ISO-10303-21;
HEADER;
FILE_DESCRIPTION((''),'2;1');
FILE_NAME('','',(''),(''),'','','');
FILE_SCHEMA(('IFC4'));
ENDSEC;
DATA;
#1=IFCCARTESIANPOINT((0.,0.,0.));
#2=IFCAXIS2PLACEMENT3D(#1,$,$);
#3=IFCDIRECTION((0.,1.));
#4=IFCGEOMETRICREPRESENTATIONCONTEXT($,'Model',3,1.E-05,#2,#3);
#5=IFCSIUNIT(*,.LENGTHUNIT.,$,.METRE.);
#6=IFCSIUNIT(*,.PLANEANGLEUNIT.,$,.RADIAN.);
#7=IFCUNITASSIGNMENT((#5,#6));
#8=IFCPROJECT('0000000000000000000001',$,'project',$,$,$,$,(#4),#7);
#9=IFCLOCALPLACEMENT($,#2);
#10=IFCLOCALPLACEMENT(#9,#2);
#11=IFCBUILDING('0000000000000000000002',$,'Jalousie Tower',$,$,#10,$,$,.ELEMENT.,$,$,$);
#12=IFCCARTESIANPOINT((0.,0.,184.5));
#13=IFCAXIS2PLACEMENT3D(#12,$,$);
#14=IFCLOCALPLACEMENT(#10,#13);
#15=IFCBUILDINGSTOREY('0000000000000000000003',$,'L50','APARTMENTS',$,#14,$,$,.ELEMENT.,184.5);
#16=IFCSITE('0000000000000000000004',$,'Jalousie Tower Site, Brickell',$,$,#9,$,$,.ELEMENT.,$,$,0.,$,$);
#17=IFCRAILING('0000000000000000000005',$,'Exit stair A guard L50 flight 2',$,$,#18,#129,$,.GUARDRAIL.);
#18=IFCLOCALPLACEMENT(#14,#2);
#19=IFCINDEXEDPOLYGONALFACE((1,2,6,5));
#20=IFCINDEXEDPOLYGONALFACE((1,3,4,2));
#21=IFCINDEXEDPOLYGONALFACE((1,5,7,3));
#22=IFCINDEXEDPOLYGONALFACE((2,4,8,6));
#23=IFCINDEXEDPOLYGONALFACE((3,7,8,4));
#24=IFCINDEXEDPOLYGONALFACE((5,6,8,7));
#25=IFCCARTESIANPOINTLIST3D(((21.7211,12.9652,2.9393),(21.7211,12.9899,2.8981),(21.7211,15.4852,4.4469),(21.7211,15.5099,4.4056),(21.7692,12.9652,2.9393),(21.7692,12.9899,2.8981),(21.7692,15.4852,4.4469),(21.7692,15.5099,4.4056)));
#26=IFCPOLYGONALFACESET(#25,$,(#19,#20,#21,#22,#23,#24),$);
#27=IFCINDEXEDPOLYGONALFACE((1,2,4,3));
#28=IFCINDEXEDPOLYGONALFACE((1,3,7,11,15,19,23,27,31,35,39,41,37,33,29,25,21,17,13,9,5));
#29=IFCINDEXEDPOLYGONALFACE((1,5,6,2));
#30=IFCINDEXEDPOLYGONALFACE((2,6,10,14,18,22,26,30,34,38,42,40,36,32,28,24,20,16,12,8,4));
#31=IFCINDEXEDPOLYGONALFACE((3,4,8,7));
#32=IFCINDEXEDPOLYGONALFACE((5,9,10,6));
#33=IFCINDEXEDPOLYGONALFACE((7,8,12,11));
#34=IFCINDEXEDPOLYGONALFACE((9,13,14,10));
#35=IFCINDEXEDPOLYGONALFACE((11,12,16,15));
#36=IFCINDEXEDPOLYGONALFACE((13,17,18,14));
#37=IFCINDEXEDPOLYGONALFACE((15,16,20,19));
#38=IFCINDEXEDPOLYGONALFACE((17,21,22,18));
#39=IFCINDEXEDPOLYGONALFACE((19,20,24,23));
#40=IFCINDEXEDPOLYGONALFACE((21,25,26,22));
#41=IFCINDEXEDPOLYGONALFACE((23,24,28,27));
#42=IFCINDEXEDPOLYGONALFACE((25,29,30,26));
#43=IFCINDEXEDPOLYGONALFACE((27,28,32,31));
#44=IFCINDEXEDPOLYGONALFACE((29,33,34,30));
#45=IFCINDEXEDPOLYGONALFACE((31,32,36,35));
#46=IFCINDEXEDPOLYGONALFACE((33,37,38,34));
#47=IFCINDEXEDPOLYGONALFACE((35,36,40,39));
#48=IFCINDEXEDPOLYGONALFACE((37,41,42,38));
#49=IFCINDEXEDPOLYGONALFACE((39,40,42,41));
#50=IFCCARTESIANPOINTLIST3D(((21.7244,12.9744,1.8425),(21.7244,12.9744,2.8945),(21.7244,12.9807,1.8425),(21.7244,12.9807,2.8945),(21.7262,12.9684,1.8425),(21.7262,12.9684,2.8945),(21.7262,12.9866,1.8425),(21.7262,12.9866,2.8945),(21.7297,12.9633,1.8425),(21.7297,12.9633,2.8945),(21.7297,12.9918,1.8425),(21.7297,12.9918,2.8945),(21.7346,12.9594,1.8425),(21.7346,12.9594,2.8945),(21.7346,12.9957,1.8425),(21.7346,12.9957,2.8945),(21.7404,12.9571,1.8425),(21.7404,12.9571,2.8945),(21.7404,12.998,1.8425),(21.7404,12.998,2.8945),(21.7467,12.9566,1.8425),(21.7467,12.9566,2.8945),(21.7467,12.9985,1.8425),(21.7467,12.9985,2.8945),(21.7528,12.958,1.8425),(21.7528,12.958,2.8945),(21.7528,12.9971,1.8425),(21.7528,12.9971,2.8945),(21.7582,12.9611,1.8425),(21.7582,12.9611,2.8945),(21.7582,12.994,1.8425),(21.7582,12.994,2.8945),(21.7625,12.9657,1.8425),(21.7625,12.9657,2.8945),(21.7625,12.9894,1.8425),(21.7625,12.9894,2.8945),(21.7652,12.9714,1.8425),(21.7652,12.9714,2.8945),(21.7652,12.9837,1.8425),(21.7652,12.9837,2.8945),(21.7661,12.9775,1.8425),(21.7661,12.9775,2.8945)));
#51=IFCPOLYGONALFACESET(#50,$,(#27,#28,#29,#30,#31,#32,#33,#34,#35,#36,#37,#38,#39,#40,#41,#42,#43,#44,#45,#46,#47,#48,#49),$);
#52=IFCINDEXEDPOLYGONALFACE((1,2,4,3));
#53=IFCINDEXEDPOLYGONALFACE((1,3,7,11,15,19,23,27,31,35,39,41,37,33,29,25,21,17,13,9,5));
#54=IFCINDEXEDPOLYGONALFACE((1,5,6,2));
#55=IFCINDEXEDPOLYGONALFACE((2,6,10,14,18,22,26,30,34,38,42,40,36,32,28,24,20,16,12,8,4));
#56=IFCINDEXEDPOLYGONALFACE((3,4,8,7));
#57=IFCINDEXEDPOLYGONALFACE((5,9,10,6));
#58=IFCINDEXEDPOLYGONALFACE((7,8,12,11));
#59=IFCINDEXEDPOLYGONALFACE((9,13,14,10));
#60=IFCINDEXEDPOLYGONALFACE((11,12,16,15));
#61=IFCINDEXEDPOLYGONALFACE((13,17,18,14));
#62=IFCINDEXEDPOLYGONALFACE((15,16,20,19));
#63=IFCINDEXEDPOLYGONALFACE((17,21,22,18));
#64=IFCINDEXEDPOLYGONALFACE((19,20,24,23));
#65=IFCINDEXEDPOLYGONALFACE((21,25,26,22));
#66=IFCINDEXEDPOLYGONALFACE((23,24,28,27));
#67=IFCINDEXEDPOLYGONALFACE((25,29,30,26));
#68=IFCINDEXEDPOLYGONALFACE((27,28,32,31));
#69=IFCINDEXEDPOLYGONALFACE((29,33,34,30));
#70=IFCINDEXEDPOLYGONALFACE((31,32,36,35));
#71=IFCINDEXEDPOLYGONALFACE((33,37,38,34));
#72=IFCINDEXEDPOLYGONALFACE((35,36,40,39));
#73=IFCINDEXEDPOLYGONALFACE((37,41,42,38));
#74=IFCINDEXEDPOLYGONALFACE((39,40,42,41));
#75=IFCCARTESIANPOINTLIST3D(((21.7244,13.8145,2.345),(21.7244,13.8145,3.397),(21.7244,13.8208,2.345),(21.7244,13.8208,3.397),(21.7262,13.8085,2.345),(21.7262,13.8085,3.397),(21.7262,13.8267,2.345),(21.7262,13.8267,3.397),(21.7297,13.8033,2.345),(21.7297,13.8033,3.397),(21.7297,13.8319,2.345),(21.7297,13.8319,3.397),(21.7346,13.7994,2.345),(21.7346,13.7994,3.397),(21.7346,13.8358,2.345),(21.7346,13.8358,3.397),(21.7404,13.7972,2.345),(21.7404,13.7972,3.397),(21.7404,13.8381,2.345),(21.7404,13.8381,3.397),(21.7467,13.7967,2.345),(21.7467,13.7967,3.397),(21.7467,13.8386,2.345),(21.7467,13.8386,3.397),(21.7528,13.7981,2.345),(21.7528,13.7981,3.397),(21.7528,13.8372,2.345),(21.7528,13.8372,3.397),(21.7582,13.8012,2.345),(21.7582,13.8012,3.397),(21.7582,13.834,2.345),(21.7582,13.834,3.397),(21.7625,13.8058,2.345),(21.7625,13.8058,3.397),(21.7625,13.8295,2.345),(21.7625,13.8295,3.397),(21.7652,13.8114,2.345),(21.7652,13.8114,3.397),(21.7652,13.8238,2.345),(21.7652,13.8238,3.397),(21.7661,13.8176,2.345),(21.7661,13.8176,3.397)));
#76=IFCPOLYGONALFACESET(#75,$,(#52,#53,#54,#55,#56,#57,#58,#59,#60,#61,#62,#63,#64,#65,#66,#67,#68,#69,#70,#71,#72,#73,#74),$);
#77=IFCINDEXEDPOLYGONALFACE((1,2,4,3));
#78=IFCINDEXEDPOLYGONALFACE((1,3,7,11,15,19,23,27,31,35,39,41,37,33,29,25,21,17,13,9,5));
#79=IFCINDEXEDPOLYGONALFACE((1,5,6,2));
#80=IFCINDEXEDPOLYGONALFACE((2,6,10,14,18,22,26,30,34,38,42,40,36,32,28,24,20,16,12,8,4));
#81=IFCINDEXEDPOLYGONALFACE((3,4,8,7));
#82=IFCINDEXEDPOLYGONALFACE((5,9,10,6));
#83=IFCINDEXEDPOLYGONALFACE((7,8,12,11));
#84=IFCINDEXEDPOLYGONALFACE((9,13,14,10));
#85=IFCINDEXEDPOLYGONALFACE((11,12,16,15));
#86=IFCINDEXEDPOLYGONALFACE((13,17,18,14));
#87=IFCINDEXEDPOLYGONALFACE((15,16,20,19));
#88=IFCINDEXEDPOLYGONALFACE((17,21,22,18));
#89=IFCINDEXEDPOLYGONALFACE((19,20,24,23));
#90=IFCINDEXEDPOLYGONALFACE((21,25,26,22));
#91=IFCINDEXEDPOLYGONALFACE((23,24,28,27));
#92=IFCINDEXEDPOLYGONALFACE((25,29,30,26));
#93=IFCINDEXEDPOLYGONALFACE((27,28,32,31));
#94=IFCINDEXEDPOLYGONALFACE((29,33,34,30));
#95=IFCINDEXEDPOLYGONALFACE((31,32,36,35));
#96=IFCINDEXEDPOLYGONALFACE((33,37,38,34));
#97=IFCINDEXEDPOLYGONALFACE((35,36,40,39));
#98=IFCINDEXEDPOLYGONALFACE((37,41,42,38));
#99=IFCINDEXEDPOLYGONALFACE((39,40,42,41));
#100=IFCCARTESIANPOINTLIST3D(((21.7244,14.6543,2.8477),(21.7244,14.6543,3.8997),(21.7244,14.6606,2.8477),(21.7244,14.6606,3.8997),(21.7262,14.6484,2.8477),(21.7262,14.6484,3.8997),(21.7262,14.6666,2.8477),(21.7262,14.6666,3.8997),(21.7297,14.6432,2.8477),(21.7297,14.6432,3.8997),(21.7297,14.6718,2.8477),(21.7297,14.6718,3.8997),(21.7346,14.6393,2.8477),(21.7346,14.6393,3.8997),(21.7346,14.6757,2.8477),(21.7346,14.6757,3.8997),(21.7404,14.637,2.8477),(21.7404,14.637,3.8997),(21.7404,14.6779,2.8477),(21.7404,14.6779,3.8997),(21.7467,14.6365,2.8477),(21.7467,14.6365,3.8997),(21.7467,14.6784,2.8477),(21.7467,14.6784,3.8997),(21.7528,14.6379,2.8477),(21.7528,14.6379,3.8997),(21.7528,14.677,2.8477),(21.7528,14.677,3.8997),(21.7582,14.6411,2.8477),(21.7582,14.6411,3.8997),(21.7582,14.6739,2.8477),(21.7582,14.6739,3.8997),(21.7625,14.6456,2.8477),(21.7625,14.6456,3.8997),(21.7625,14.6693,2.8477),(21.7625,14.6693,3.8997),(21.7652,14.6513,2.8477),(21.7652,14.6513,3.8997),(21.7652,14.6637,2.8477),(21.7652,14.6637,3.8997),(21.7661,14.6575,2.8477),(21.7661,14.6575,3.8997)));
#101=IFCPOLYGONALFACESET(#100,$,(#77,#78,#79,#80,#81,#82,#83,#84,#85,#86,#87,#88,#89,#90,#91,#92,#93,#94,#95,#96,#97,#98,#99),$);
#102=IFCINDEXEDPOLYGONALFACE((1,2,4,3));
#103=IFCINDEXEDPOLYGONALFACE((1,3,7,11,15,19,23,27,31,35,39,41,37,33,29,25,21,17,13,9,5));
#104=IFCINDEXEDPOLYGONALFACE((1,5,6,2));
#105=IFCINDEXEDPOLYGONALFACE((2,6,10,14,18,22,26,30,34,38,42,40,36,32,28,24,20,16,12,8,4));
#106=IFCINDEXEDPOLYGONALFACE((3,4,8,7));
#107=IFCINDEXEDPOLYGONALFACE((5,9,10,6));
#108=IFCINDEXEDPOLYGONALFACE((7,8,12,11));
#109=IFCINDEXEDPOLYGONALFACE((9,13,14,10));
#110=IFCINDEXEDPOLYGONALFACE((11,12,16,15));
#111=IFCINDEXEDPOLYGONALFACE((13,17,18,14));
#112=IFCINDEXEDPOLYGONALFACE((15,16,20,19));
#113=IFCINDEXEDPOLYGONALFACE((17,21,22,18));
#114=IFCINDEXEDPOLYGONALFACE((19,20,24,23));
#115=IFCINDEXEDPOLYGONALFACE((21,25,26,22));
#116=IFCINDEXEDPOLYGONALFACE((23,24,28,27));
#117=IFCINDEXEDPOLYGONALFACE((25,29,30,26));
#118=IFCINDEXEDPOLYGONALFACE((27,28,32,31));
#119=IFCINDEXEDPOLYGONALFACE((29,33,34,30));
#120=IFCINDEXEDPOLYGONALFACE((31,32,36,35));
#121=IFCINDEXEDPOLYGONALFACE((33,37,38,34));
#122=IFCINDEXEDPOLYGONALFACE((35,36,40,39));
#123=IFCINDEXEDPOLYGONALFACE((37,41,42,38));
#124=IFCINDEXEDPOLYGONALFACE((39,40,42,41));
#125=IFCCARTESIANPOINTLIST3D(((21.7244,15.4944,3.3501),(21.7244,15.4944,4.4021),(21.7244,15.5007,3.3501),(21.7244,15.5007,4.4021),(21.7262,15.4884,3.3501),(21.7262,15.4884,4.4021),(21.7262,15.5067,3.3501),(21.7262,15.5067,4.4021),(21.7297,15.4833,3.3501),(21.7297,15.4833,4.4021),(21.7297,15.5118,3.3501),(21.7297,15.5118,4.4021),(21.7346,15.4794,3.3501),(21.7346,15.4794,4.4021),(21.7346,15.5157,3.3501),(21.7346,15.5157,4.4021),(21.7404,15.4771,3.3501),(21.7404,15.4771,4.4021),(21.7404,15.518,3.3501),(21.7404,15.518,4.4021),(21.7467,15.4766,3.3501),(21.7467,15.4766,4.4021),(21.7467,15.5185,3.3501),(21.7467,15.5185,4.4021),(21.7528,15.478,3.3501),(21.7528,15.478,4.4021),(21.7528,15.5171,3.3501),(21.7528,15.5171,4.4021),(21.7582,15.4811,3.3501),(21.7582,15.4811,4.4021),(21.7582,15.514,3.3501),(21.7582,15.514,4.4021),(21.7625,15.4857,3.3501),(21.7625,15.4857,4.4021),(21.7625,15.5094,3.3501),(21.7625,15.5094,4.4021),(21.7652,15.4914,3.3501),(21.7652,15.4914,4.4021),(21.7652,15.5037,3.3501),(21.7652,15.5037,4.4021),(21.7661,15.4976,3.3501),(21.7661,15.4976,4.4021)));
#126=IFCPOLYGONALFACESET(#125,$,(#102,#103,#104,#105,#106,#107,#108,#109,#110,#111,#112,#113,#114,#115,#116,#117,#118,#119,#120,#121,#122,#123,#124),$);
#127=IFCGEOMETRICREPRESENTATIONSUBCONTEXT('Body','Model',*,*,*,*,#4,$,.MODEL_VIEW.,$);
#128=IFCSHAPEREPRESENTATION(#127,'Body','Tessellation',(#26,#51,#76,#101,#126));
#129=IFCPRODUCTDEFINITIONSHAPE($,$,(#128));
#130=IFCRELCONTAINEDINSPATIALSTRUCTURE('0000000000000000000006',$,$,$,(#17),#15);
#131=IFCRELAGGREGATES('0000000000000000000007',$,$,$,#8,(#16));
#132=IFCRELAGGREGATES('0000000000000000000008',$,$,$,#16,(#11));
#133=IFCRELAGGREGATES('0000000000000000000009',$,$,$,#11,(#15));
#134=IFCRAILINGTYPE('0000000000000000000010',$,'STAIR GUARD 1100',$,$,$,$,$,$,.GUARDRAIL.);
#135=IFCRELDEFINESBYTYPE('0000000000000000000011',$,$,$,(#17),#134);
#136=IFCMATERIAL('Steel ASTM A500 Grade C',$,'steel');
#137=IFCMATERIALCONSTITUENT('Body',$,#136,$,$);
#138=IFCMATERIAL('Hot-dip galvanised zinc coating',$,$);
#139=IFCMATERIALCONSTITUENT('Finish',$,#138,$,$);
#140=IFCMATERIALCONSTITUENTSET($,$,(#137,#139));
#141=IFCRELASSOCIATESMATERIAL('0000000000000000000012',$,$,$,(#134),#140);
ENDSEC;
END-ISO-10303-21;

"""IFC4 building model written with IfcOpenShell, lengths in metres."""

from ifc_helpers import new_model, si_unit, direction, frame, origin, origin_2d, place, context, subcontext, project, spatial, rectangle, circle, extrude, material, constituent, constituent_set, type_object, element, save


model = new_model("IFC4")

# Units and contexts
model_context = context("Model", 3, precision=1e-05, world=origin(), true_north=direction((0.0, 1.0)))
body_context = subcontext(model_context, "Body", "Model", "MODEL_VIEW")
ifc_project = project(units=[si_unit("LENGTHUNIT", "METRE"), si_unit("PLANEANGLEUNIT", "RADIAN")], contexts=[model_context])

# Site, building, storey
site_placement = place(None, origin())
site = spatial("IfcSite", under=ifc_project, at=site_placement, Name="Jalousie Tower Site, Brickell", CompositionType="ELEMENT", RefElevation=0.0)
building_placement = place(site_placement, origin())
building = spatial("IfcBuilding", under=site, at=building_placement, Name="Jalousie Tower", CompositionType="ELEMENT")
storey_placement = place(building_placement, frame((0.0, 0.0, 184.5)))
storey = spatial("IfcBuildingStorey", under=building, at=storey_placement, Name="L50", Description="APARTMENTS", CompositionType="ELEMENT", Elevation=184.5)

# Railing
ifc_material_1 = material(Name="Steel ASTM A500 Grade C", Category="steel")
ifc_constituent_1 = constituent(ifc_material_1, Name="Body")
ifc_material_2 = material(Name="Hot-dip galvanised zinc coating")
ifc_constituent_2 = constituent(ifc_material_2, Name="Finish")
ifc_constituent_set_1 = constituent_set(constituents=[ifc_constituent_1, ifc_constituent_2])
railing_type_1 = type_object("IfcRailingType", Name="STAIR GUARD 1100", PredefinedType="GUARDRAIL", material=ifc_constituent_set_1)
railing_1_placement = place(storey_placement, frame((21.7451, 12.9775, 1.8425)))
element("IfcRailing", 1, at=railing_1_placement, inside=storey, type_object=railing_type_1, Name="Exit stair A guard L50 flight 2", PredefinedType="GUARDRAIL", context=body_context, shape_type="SweptSolid", body=[
    extrude(rectangle(XDim=0.0481, YDim=0.0481, at=origin_2d()), frame((0.0, 0.0, 1.0762), z_axis=(0.0, 0.85816, 0.513383), x_axis=(-1.0, 0.0, 0.0)), (0.0, 0.0, 1.0), 2.9365),
    extrude(circle(Radius=0.021, at=origin_2d()), origin(), (0.0, 0.0, 1.0), 1.052),
    extrude(circle(Radius=0.021, at=origin_2d()), frame((0.0, 0.8401, 0.5024)), (0.0, 0.0, 1.0), 1.052),
    extrude(circle(Radius=0.021, at=origin_2d()), frame((0.0, 1.6799, 1.0051)), (0.0, 0.0, 1.0), 1.052),
    extrude(circle(Radius=0.021, at=origin_2d()), frame((0.0, 2.52, 1.5076)), (0.0, 0.0, 1.0), 1.052),
])

save(model, "model.ifc")
